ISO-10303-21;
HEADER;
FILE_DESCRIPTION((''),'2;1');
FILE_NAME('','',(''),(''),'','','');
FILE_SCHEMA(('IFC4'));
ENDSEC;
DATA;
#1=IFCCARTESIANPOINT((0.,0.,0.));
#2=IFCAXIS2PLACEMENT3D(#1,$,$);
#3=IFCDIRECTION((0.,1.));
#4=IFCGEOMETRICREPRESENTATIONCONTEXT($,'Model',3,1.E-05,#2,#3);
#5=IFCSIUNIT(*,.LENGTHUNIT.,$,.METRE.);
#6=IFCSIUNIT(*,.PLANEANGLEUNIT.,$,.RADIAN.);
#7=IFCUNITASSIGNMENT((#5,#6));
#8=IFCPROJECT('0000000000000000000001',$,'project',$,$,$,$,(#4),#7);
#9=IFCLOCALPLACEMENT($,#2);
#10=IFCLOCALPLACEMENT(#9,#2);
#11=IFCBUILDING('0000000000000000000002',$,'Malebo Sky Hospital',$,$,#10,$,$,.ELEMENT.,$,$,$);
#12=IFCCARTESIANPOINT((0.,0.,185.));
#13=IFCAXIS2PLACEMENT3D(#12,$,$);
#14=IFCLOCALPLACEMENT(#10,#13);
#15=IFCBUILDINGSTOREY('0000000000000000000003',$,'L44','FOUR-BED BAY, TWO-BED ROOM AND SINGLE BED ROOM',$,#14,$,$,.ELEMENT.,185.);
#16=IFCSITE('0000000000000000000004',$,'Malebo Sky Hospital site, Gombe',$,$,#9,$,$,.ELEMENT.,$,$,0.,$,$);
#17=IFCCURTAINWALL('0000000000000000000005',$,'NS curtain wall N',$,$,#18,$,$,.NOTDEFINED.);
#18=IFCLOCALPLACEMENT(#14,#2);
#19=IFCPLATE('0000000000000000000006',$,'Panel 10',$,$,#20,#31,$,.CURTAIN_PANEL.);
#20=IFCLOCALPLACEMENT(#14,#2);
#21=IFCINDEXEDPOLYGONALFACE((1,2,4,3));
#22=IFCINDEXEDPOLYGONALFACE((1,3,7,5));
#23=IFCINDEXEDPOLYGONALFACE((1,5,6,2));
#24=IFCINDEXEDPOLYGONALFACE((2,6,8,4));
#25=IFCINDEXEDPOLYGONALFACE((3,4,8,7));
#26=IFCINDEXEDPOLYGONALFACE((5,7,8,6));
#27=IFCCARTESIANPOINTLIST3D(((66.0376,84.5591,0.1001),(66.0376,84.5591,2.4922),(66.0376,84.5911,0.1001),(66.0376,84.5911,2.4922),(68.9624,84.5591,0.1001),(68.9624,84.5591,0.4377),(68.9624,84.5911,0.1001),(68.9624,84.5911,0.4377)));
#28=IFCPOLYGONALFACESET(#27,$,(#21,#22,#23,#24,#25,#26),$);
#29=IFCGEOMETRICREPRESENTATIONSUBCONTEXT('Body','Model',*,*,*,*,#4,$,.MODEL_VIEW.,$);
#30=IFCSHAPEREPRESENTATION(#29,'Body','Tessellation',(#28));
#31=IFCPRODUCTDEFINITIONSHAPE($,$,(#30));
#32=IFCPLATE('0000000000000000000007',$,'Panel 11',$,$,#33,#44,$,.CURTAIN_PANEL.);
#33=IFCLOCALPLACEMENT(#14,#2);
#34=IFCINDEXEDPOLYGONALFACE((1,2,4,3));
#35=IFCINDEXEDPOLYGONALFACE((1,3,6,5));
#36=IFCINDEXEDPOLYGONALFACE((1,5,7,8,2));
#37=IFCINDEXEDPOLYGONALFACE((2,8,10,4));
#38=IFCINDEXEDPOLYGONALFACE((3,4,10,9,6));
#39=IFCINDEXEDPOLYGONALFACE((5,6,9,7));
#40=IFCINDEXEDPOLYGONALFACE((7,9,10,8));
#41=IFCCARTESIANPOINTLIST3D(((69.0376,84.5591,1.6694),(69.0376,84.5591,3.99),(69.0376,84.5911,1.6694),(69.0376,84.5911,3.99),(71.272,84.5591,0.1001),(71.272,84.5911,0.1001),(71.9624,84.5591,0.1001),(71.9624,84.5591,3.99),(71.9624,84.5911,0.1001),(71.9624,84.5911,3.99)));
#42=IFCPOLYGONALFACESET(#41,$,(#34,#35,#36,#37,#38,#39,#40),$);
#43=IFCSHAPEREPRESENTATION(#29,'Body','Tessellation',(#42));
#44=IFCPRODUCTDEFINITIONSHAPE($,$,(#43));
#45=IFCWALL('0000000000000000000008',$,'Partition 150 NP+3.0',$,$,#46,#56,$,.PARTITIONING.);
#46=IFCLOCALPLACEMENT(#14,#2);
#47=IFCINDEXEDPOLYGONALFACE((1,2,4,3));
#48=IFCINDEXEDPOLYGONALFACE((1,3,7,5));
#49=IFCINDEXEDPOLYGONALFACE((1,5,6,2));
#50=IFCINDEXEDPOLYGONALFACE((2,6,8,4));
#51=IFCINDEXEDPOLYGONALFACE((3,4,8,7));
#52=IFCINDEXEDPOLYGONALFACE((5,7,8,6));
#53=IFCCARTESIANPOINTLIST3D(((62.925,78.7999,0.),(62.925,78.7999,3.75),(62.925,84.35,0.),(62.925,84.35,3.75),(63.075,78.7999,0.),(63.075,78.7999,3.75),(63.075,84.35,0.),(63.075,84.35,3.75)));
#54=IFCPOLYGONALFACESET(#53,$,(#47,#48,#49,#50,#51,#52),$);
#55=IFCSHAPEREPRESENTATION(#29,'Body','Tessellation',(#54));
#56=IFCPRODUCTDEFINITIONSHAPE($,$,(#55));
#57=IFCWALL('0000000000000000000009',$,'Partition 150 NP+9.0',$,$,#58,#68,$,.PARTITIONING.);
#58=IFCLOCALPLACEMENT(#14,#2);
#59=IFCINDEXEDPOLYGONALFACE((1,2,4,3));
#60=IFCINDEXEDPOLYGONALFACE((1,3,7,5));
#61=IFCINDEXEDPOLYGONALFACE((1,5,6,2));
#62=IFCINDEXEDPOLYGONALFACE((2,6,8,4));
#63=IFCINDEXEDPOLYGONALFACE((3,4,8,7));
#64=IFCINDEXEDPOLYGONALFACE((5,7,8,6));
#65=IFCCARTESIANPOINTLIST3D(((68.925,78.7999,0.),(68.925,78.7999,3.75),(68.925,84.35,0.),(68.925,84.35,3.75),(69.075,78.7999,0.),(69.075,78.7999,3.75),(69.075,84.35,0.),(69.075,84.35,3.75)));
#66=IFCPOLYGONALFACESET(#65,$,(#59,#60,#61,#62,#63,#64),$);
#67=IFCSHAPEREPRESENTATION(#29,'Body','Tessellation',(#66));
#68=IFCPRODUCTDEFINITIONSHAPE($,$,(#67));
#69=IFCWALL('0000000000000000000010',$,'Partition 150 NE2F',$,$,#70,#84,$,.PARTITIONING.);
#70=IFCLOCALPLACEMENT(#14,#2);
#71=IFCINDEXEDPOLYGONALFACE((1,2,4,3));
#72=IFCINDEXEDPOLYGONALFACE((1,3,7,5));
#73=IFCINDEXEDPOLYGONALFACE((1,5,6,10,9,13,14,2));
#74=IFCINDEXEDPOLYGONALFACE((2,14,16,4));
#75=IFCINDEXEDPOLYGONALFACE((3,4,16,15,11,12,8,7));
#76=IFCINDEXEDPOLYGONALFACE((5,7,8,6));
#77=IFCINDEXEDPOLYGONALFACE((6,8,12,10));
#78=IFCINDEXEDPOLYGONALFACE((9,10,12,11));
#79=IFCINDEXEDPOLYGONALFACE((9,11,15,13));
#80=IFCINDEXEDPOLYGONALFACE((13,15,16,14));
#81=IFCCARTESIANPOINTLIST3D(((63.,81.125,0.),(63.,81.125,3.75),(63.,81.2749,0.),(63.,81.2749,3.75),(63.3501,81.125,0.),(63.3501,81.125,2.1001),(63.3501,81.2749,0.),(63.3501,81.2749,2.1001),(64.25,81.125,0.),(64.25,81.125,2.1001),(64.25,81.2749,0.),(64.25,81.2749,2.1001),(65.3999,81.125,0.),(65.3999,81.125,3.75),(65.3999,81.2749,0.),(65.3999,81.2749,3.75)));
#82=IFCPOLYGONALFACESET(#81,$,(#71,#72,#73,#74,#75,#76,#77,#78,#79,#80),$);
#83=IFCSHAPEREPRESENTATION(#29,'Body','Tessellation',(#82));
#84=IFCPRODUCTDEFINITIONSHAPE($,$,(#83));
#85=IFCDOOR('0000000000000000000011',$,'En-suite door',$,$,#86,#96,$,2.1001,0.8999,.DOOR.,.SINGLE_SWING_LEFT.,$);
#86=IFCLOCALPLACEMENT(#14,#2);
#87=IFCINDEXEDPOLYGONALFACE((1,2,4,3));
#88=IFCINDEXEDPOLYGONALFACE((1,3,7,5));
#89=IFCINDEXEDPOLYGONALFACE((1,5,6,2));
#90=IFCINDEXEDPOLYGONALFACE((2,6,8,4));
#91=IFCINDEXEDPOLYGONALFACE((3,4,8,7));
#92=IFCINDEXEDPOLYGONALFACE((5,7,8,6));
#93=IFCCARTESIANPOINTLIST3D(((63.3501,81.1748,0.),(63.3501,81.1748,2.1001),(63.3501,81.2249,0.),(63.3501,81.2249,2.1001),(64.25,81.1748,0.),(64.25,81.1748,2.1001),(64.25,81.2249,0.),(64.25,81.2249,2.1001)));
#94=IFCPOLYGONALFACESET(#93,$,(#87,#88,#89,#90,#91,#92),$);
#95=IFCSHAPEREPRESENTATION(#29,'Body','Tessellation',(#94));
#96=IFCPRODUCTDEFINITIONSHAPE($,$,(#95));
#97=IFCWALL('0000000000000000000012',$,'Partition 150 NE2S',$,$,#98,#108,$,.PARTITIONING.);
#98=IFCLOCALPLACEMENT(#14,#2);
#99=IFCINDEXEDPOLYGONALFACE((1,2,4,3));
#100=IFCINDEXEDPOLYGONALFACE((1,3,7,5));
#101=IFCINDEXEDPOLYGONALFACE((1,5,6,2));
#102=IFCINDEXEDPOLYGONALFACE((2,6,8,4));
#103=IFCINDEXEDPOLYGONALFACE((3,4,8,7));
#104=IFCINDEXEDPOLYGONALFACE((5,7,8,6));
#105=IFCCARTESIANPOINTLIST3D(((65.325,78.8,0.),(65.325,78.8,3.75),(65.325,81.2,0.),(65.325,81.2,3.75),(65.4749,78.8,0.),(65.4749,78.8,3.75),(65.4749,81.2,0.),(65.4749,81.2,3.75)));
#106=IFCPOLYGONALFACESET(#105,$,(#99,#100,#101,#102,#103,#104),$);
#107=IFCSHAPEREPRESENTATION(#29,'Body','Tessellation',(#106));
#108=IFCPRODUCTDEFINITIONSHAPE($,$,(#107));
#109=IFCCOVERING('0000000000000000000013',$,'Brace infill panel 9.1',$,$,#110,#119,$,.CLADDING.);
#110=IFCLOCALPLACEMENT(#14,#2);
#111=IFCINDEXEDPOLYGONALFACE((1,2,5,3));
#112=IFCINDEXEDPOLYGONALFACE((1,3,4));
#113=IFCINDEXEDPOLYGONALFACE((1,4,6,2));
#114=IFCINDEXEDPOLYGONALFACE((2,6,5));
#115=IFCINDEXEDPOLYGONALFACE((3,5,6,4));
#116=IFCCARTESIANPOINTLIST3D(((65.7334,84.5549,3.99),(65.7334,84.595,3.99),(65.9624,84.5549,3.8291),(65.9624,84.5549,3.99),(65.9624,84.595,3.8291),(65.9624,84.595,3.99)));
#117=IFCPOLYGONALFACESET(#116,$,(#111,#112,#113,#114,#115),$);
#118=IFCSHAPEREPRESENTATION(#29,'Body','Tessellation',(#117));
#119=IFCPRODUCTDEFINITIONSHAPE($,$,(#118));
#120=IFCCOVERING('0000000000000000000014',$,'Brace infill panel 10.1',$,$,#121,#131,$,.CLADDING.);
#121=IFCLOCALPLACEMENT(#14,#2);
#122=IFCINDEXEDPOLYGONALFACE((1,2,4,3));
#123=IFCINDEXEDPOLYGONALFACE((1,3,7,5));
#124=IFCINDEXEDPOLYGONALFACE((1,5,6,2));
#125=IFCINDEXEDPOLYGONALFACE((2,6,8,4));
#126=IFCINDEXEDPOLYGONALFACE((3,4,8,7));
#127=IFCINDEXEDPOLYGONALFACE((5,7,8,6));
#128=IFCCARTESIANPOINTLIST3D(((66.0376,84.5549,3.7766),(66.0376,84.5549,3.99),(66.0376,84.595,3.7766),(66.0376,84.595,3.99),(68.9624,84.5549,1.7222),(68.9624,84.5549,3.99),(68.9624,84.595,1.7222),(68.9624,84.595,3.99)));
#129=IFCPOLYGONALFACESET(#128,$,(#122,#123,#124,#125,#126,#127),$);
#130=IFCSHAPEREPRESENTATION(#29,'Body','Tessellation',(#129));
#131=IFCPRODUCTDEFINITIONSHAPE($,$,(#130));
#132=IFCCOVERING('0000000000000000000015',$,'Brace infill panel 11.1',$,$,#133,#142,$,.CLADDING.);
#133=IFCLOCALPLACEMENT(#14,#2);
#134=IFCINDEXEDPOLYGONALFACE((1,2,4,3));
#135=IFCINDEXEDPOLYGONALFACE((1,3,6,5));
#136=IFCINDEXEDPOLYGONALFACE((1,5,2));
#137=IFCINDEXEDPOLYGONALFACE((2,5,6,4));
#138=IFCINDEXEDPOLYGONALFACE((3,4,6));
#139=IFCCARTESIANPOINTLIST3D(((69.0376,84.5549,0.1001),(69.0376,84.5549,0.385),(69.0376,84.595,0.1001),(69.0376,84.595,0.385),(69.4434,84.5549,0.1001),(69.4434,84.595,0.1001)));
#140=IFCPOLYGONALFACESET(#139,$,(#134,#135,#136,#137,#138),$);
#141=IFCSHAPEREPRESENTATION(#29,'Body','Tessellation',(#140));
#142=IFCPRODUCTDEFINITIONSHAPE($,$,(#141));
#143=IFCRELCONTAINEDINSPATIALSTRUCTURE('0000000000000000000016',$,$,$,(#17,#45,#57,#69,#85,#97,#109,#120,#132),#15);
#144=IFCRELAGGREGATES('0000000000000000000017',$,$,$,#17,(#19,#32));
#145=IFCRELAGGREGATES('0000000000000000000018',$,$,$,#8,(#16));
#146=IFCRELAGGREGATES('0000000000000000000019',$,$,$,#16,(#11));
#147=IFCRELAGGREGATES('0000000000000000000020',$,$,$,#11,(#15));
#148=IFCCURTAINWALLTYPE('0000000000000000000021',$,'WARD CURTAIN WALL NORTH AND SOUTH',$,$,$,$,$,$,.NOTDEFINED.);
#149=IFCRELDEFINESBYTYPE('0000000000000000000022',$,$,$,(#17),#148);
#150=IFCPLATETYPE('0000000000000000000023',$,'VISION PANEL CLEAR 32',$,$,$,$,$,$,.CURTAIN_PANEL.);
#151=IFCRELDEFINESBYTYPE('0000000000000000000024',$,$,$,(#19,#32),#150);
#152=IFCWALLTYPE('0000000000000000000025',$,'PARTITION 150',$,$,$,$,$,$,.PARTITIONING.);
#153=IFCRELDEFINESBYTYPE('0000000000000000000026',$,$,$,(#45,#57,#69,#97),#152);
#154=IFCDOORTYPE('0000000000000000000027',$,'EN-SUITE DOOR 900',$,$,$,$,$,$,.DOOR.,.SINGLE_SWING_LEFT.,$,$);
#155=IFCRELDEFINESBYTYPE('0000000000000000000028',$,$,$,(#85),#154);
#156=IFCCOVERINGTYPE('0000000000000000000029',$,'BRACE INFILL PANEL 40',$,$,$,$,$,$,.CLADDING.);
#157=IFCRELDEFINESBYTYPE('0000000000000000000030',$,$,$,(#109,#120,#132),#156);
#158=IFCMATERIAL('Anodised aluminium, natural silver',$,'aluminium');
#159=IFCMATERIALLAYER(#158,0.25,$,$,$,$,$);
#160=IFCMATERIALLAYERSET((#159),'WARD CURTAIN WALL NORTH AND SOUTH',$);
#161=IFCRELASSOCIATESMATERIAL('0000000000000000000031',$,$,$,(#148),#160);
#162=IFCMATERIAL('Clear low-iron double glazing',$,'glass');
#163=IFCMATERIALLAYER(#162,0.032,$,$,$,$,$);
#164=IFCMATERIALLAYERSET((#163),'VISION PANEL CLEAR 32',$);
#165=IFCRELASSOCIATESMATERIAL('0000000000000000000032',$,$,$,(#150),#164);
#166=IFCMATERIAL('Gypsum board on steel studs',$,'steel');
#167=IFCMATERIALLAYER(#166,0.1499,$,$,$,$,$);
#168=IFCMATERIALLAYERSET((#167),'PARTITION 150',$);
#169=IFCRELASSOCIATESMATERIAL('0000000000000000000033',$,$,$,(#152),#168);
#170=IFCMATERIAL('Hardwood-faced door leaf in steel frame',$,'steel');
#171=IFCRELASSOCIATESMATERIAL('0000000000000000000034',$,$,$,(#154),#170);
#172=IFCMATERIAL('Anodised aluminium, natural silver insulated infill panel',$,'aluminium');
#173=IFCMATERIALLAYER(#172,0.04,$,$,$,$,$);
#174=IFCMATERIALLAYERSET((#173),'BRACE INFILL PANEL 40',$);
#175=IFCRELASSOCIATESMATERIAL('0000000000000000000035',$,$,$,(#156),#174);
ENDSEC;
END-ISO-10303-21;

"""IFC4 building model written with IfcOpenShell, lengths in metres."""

from ifc_helpers import new_model, si_unit, direction, frame, frame_2d, origin, place, context, subcontext, project, spatial, polyline, rectangle, outline, extrude, material, layer, layer_set, type_object, element, fill, aggregate, save


model = new_model("IFC4")

# Units and contexts
model_context = context("Model", 3, precision=1e-05, world=origin(), true_north=direction((0.0, 1.0)))
body_context = subcontext(model_context, "Body", "Model", "MODEL_VIEW")
ifc_project = project(units=[si_unit("LENGTHUNIT", "METRE"), si_unit("PLANEANGLEUNIT", "RADIAN")], contexts=[model_context])

# Site, building, storey
site_placement = place(None, origin())
site = spatial("IfcSite", under=ifc_project, at=site_placement, Name="Malebo Sky Hospital site, Gombe", CompositionType="ELEMENT", RefElevation=0.0)
building_placement = place(site_placement, origin())
building = spatial("IfcBuilding", under=site, at=building_placement, Name="Malebo Sky Hospital", CompositionType="ELEMENT")
storey_placement = place(building_placement, frame((0.0, 0.0, 185.0)))
storey = spatial("IfcBuildingStorey", under=building, at=storey_placement, Name="L44", Description="FOUR-BED BAY, TWO-BED ROOM AND SINGLE BED ROOM", CompositionType="ELEMENT", Elevation=185.0)

# Curtain wall
ifc_material_1 = material(Name="Anodised aluminium, natural silver", Category="aluminium")
ifc_layer_1 = layer(ifc_material_1, 0.25)
ifc_layer_set_1 = layer_set([ifc_layer_1], Name="WARD CURTAIN WALL NORTH AND SOUTH")
curtain_wall_type = type_object("IfcCurtainWallType", Name="WARD CURTAIN WALL NORTH AND SOUTH", PredefinedType="NOTDEFINED", material=ifc_layer_set_1)
curtain_wall_placement = place(storey_placement, origin())
curtain_wall = element("IfcCurtainWall", 1, at=curtain_wall_placement, inside=storey, type_object=curtain_wall_type, Name="NS curtain wall N", PredefinedType="NOTDEFINED")

# Plates
ifc_material_2 = material(Name="Clear low-iron double glazing", Category="glass")
ifc_layer_2 = layer(ifc_material_2, 0.032)
ifc_layer_set_2 = layer_set([ifc_layer_2], Name="VISION PANEL CLEAR 32")
plate_type = type_object("IfcPlateType", Name="VISION PANEL CLEAR 32", PredefinedType="CURTAIN_PANEL", material=ifc_layer_set_2)
plate_1_placement = place(storey_placement, frame((67.5, 84.575, 0.1001), z_axis=(0.0, 0.0, 1.0), x_axis=(1.0, 0.0, 0.0)))
plate_1 = element("IfcPlate", 2, at=plate_1_placement, type_object=plate_type, Name="Panel 10", PredefinedType="CURTAIN_PANEL", context=body_context, shape_type="SweptSolid", body=[
    extrude(outline(polyline([(-1.4624, 0.0), (1.4624, 0.0), (1.4624, 0.3376), (-1.4624, 2.3921), (-1.4624, 0.0)])), frame((0.0, 0.0161, 0.0), z_axis=(0.0, -1.0, 0.0), x_axis=(1.0, 0.0, 0.0)), (0.0, 0.0, 1.0), 0.032),
])
plate_2_placement = place(storey_placement, frame((70.5, 84.575, 0.1001), z_axis=(0.0, 0.0, 1.0), x_axis=(1.0, 0.0, 0.0)))
plate_2 = element("IfcPlate", 3, at=plate_2_placement, type_object=plate_type, Name="Panel 11", PredefinedType="CURTAIN_PANEL", context=body_context, shape_type="SweptSolid", body=[
    extrude(outline(polyline([(0.772, 0.0), (1.4624, 0.0), (1.4624, 3.8899), (-1.4624, 3.8899), (-1.4624, 1.5693), (0.772, 0.0)])), frame((0.0, 0.0161, 0.0), z_axis=(0.0, -1.0, 0.0), x_axis=(1.0, 0.0, 0.0)), (0.0, 0.0, 1.0), 0.032),
])
aggregate(curtain_wall, [plate_1, plate_2])

# Walls
ifc_material_3 = material(Name="Gypsum board on steel studs", Category="steel")
ifc_layer_3 = layer(ifc_material_3, 0.1499)
ifc_layer_set_3 = layer_set([ifc_layer_3], Name="PARTITION 150")
wall_type = type_object("IfcWallType", Name="PARTITION 150", PredefinedType="PARTITIONING", material=ifc_layer_set_3)
for number, where, z_axis, x_axis, name in (
    (4, (63.0, 78.8, 0.0), (0.0, 0.0, 1.0), (0.0, 1.0, 0.0), "Partition 150 NP+3.0"),
    (5, (69.0, 78.8, 0.0), (0.0, 0.0, 1.0), (0.0, 1.0, 0.0), "Partition 150 NP+9.0"),
):
    element("IfcWall", number, at=place(storey_placement, frame(where, z_axis=z_axis, x_axis=x_axis)), inside=storey, type_object=wall_type, Name=name, PredefinedType="PARTITIONING", context=body_context, shape_type="SweptSolid", body=[
        extrude(rectangle(XDim=5.55, YDim=0.1499, at=frame_2d((2.7749, 0.0))), origin(), (0.0, 0.0, 1.0), 3.75),
    ])

# Wall, opening, door
wall_1_placement = place(storey_placement, frame((63.0, 81.2, 0.0), z_axis=(0.0, 0.0, 1.0), x_axis=(1.0, 0.0, 0.0)))
wall_1 = element("IfcWall", 6, at=wall_1_placement, inside=storey, type_object=wall_type, Name="Partition 150 NE2F", PredefinedType="PARTITIONING", context=body_context, shape_type="SweptSolid", body=[
    extrude(rectangle(XDim=2.3999, YDim=0.1499, at=frame_2d((1.2, 0.0))), origin(), (0.0, 0.0, 1.0), 3.75),
])
opening_placement = place(wall_1_placement, frame((0.3501, 0.0, 0.0)))
opening = element("IfcOpeningElement", 7, at=opening_placement, cuts=wall_1, PredefinedType="OPENING", context=body_context, shape_type="SweptSolid", body=[
    extrude(rectangle(XDim=0.8999, YDim=2.1001, at=frame_2d((0.45, 1.05))), frame((0.0, 0.085, 0.0), z_axis=(0.0, -1.0, 0.0), x_axis=(1.0, 0.0, 0.0)), (0.0, 0.0, 1.0), 0.1699),
])
ifc_material_4 = material(Name="Hardwood-faced door leaf in steel frame", Category="steel")
door_type = type_object("IfcDoorType", Name="EN-SUITE DOOR 900", OperationType="SINGLE_SWING_LEFT", PredefinedType="DOOR", material=ifc_material_4)
door_placement = place(opening_placement, origin())
door = element("IfcDoor", 8, at=door_placement, inside=storey, type_object=door_type, Name="En-suite door", OperationType="SINGLE_SWING_LEFT", OverallHeight=2.1001, OverallWidth=0.8999, PredefinedType="DOOR", context=body_context, shape_type="SweptSolid", body=[
    extrude(rectangle(XDim=0.8999, YDim=2.1001, at=frame_2d((0.45, 1.05))), frame((0.0, 0.0249, 0.0), z_axis=(0.0, -1.0, 0.0), x_axis=(1.0, 0.0, 0.0)), (0.0, 0.0, 1.0), 0.05),
])
fill(opening, door)

# Wall
wall_2_placement = place(storey_placement, frame((65.3999, 78.8, 0.0), z_axis=(0.0, 0.0, 1.0), x_axis=(0.0, 1.0, 0.0)))
element("IfcWall", 9, at=wall_2_placement, inside=storey, type_object=wall_type, Name="Partition 150 NE2S", PredefinedType="PARTITIONING", context=body_context, shape_type="SweptSolid", body=[
    extrude(rectangle(XDim=2.3999, YDim=0.1499, at=frame_2d((1.2, 0.0))), origin(), (0.0, 0.0, 1.0), 3.75),
])

# Coverings
ifc_material_5 = material(Name="Anodised aluminium, natural silver insulated infill panel", Category="aluminium")
ifc_layer_4 = layer(ifc_material_5, 0.04)
ifc_layer_set_4 = layer_set([ifc_layer_4], Name="BRACE INFILL PANEL 40")
covering_type = type_object("IfcCoveringType", Name="BRACE INFILL PANEL 40", PredefinedType="CLADDING", material=ifc_layer_set_4)
covering_1_placement = place(storey_placement, frame((65.8479, 84.575, 3.8291), z_axis=(0.0, 0.0, 1.0), x_axis=(1.0, 0.0, 0.0)))
element("IfcCovering", 10, at=covering_1_placement, inside=storey, type_object=covering_type, Name="Brace infill panel 9.1", PredefinedType="CLADDING", context=body_context, shape_type="SweptSolid", body=[
    extrude(outline(polyline([(0.1145, 0.0), (0.1145, 0.1609), (-0.1145, 0.1609), (0.1145, 0.0)])), frame((0.0, 0.02, 0.0), z_axis=(0.0, -1.0, 0.0), x_axis=(1.0, 0.0, 0.0)), (0.0, 0.0, 1.0), 0.04),
])
covering_2_placement = place(storey_placement, frame((67.5, 84.575, 1.7222), z_axis=(0.0, 0.0, 1.0), x_axis=(1.0, 0.0, 0.0)))
element("IfcCovering", 11, at=covering_2_placement, inside=storey, type_object=covering_type, Name="Brace infill panel 10.1", PredefinedType="CLADDING", context=body_context, shape_type="SweptSolid", body=[
    extrude(outline(polyline([(1.4624, 0.0), (1.4624, 2.2678), (-1.4624, 2.2678), (-1.4624, 2.0544), (1.4624, 0.0)])), frame((0.0, 0.02, 0.0), z_axis=(0.0, -1.0, 0.0), x_axis=(1.0, 0.0, 0.0)), (0.0, 0.0, 1.0), 0.04),
])
covering_3_placement = place(storey_placement, frame((69.2405, 84.575, 0.1001), z_axis=(0.0, 0.0, 1.0), x_axis=(1.0, 0.0, 0.0)))
element("IfcCovering", 12, at=covering_3_placement, inside=storey, type_object=covering_type, Name="Brace infill panel 11.1", PredefinedType="CLADDING", context=body_context, shape_type="SweptSolid", body=[
    extrude(outline(polyline([(-0.2029, 0.0), (0.2029, 0.0), (-0.2029, 0.2849), (-0.2029, 0.0)])), frame((0.0, 0.02, 0.0), z_axis=(0.0, -1.0, 0.0), x_axis=(1.0, 0.0, 0.0)), (0.0, 0.0, 1.0), 0.04),
])

save(model, "model.ifc")
